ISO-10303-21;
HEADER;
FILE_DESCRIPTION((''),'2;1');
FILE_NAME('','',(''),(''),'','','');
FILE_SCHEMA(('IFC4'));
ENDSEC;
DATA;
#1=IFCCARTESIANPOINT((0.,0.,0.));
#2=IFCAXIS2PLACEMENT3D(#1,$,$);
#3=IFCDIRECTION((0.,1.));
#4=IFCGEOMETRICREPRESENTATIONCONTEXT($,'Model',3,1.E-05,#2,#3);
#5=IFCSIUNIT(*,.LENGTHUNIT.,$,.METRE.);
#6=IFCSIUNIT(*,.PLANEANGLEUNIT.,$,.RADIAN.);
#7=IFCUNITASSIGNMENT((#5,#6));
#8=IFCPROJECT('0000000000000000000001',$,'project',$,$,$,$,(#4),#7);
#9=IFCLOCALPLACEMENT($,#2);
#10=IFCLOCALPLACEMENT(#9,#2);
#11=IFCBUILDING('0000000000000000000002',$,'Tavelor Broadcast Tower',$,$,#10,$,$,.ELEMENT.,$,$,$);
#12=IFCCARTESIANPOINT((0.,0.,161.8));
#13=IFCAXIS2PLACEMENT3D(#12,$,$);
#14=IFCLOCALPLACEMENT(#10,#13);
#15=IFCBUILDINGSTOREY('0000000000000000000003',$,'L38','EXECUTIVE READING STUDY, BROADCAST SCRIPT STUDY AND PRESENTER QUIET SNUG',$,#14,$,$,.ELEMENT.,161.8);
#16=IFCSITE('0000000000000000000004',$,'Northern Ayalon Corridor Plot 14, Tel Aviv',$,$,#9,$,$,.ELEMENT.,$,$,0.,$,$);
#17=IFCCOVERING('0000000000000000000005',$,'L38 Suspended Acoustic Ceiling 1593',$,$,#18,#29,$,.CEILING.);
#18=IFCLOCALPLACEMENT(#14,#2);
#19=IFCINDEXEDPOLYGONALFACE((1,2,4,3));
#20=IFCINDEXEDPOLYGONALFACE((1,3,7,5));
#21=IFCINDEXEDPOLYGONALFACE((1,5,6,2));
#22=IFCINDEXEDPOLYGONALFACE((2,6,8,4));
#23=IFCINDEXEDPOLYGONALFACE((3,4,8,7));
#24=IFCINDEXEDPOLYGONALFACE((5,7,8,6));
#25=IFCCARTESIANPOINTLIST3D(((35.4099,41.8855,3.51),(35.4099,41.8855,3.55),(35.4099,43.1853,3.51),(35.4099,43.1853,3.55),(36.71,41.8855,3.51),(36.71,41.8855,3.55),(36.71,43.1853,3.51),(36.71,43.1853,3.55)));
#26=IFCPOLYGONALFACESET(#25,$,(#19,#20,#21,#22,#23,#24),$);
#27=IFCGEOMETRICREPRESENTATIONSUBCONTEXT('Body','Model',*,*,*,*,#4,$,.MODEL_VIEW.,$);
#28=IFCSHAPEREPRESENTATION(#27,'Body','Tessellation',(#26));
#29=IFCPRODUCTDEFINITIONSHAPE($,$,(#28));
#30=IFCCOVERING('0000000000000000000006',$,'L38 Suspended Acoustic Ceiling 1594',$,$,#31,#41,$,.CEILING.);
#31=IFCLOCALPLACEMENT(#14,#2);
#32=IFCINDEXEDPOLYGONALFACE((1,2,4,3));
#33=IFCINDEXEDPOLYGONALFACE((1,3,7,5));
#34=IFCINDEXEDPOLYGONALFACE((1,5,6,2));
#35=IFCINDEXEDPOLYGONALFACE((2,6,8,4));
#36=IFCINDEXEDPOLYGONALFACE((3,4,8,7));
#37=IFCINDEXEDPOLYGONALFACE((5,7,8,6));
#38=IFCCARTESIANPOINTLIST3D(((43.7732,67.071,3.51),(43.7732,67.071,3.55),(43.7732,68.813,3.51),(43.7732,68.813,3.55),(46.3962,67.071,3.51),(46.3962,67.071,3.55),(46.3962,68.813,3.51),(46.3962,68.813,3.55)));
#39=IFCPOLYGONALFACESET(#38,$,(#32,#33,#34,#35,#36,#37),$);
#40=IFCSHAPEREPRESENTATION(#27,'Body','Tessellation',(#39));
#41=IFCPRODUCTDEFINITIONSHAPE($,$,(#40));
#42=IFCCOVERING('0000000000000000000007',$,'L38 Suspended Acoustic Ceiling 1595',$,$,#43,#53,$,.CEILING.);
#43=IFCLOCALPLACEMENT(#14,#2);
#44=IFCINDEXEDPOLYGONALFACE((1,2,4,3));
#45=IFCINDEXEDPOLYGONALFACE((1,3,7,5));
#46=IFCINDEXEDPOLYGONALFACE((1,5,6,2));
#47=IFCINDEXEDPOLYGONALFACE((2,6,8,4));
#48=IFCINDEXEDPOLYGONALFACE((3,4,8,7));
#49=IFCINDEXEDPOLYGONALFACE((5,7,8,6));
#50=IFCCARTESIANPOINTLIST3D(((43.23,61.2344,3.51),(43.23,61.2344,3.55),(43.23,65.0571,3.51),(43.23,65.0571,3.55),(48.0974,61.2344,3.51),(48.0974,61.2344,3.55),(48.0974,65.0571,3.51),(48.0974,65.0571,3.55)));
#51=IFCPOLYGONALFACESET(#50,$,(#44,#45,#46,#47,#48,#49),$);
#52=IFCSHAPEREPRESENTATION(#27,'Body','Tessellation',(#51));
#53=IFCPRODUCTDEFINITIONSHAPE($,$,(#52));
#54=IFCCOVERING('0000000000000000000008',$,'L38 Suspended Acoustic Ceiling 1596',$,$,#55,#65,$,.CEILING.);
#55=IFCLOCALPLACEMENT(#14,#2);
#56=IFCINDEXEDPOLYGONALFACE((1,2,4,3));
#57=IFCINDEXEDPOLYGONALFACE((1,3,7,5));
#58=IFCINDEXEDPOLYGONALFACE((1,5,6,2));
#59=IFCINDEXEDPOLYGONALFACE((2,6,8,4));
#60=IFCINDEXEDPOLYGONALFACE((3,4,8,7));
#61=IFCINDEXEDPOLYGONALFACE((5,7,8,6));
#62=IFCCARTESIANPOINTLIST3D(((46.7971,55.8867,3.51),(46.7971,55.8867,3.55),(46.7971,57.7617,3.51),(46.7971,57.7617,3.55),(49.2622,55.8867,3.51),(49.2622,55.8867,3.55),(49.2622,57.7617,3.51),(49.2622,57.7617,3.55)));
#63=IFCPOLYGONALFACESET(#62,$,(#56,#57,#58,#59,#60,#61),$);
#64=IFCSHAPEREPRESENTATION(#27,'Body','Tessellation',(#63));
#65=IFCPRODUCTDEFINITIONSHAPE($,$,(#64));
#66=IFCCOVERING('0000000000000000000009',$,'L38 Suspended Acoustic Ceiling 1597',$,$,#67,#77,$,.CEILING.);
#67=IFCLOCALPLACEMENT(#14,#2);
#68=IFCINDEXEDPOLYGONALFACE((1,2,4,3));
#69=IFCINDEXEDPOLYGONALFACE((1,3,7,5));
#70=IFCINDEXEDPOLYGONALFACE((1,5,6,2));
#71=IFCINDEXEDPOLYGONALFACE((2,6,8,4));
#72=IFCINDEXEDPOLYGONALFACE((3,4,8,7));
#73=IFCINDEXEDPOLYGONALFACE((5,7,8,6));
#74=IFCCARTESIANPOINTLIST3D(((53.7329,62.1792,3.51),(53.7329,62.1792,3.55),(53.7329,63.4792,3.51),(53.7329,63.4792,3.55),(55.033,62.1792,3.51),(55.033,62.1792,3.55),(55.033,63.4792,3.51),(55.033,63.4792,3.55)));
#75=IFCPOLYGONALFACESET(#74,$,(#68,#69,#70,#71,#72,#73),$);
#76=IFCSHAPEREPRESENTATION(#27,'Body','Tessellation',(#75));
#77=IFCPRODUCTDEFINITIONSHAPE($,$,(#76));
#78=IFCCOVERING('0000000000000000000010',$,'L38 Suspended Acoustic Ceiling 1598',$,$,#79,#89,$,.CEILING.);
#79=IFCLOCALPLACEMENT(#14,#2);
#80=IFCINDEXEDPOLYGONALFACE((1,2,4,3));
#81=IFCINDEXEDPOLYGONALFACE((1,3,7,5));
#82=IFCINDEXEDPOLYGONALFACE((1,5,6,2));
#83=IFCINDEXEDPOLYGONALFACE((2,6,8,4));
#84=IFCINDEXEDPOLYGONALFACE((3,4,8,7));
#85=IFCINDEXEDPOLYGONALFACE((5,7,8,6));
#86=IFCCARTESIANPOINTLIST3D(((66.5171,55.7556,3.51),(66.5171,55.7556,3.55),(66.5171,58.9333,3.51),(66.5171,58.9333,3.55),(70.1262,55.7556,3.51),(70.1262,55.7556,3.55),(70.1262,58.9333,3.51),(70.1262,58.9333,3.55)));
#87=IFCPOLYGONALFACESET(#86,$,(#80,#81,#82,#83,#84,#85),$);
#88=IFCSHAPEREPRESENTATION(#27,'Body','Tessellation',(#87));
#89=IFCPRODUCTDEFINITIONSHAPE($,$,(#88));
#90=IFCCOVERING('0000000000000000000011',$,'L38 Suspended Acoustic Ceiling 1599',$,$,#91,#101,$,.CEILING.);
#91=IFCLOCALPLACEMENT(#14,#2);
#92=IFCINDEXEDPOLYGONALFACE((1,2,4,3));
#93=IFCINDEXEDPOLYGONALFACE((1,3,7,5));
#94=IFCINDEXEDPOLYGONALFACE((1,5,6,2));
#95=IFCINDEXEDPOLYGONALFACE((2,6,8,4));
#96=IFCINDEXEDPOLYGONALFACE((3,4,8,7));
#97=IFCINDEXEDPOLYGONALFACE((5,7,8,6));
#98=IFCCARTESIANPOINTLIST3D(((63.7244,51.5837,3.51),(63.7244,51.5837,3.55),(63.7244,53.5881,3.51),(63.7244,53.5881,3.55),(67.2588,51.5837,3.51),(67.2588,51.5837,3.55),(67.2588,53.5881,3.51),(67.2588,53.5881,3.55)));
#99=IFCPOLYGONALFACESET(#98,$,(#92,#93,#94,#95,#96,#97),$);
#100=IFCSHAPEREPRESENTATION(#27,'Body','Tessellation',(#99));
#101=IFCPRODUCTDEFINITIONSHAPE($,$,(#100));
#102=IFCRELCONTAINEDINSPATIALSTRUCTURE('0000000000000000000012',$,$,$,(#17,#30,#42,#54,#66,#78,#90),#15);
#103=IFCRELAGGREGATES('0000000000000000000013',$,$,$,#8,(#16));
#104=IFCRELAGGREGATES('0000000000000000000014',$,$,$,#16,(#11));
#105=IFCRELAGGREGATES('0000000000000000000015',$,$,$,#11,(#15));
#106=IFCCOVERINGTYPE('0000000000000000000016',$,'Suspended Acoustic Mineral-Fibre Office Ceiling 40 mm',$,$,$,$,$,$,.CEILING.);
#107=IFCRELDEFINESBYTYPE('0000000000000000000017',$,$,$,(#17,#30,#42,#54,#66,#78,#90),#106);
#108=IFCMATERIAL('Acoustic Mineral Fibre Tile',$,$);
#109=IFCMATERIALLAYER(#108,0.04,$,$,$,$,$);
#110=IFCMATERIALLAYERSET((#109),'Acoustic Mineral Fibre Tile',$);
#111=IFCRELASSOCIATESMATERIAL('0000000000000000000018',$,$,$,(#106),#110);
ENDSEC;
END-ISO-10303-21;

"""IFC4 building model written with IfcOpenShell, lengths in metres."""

from ifc_helpers import new_model, si_unit, direction, frame, origin, place, context, subcontext, project, spatial, polyline, outline, extrude, material, layer, layer_set, type_object, element, save


model = new_model("IFC4")

# Units and contexts
model_context = context("Model", 3, precision=1e-05, world=origin(), true_north=direction((0.0, 1.0)))
body_context = subcontext(model_context, "Body", "Model", "MODEL_VIEW")
ifc_project = project(units=[si_unit("LENGTHUNIT", "METRE"), si_unit("PLANEANGLEUNIT", "RADIAN")], contexts=[model_context])

# Site, building, storey
site_placement = place(None, origin())
site = spatial("IfcSite", under=ifc_project, at=site_placement, Name="Northern Ayalon Corridor Plot 14, Tel Aviv", CompositionType="ELEMENT", RefElevation=0.0)
building_placement = place(site_placement, origin())
building = spatial("IfcBuilding", under=site, at=building_placement, Name="Tavelor Broadcast Tower", CompositionType="ELEMENT")
storey_placement = place(building_placement, frame((0.0, 0.0, 161.8)))
storey = spatial("IfcBuildingStorey", under=building, at=storey_placement, Name="L38", Description="EXECUTIVE READING STUDY, BROADCAST SCRIPT STUDY AND PRESENTER QUIET SNUG", CompositionType="ELEMENT", Elevation=161.8)

# Coverings
ifc_material_1 = material(Name="Acoustic Mineral Fibre Tile")
ifc_layer_1 = layer(ifc_material_1, 0.04)
ifc_layer_set_1 = layer_set([ifc_layer_1], Name="Acoustic Mineral Fibre Tile")
covering_type_1 = type_object("IfcCoveringType", Name="Suspended Acoustic Mineral-Fibre Office Ceiling 40 mm", PredefinedType="CEILING", material=ifc_layer_set_1)
covering_1_placement = place(storey_placement, frame((0.0, 0.0, 3.51)))
element("IfcCovering", 1, at=covering_1_placement, inside=storey, type_object=covering_type_1, Name="L38 Suspended Acoustic Ceiling 1593", PredefinedType="CEILING", context=body_context, shape_type="SweptSolid", body=[
    extrude(outline(polyline([(35.4099, 41.8855), (36.71, 41.8855), (36.71, 43.1853), (35.4099, 43.1853), (35.4099, 41.8855)])), origin(), (0.0, 0.0, 1.0), 0.04),
])
covering_2_placement = place(storey_placement, frame((0.0, 0.0, 3.51)))
element("IfcCovering", 2, at=covering_2_placement, inside=storey, type_object=covering_type_1, Name="L38 Suspended Acoustic Ceiling 1594", PredefinedType="CEILING", context=body_context, shape_type="SweptSolid", body=[
    extrude(outline(polyline([(43.7732, 67.071), (46.3962, 67.071), (46.3962, 68.813), (43.7732, 68.813), (43.7732, 67.071)])), origin(), (0.0, 0.0, 1.0), 0.04),
])
covering_3_placement = place(storey_placement, frame((0.0, 0.0, 3.51)))
element("IfcCovering", 3, at=covering_3_placement, inside=storey, type_object=covering_type_1, Name="L38 Suspended Acoustic Ceiling 1595", PredefinedType="CEILING", context=body_context, shape_type="SweptSolid", body=[
    extrude(outline(polyline([(43.23, 61.2344), (48.0974, 61.2344), (48.0974, 65.0571), (43.23, 65.0571), (43.23, 61.2344)])), origin(), (0.0, 0.0, 1.0), 0.04),
])
covering_4_placement = place(storey_placement, frame((0.0, 0.0, 3.51)))
element("IfcCovering", 4, at=covering_4_placement, inside=storey, type_object=covering_type_1, Name="L38 Suspended Acoustic Ceiling 1596", PredefinedType="CEILING", context=body_context, shape_type="SweptSolid", body=[
    extrude(outline(polyline([(46.7971, 55.8867), (49.2622, 55.8867), (49.2622, 57.7617), (46.7971, 57.7617), (46.7971, 55.8867)])), origin(), (0.0, 0.0, 1.0), 0.04),
])
covering_5_placement = place(storey_placement, frame((0.0, 0.0, 3.51)))
element("IfcCovering", 5, at=covering_5_placement, inside=storey, type_object=covering_type_1, Name="L38 Suspended Acoustic Ceiling 1597", PredefinedType="CEILING", context=body_context, shape_type="SweptSolid", body=[
    extrude(outline(polyline([(53.7329, 62.1792), (55.033, 62.1792), (55.033, 63.4792), (53.7329, 63.4792), (53.7329, 62.1792)])), origin(), (0.0, 0.0, 1.0), 0.04),
])
covering_6_placement = place(storey_placement, frame((0.0, 0.0, 3.51)))
element("IfcCovering", 6, at=covering_6_placement, inside=storey, type_object=covering_type_1, Name="L38 Suspended Acoustic Ceiling 1598", PredefinedType="CEILING", context=body_context, shape_type="SweptSolid", body=[
    extrude(outline(polyline([(66.5171, 55.7556), (70.1262, 55.7556), (70.1262, 58.9333), (66.5171, 58.9333), (66.5171, 55.7556)])), origin(), (0.0, 0.0, 1.0), 0.04),
])
covering_7_placement = place(storey_placement, frame((0.0, 0.0, 3.51)))
element("IfcCovering", 7, at=covering_7_placement, inside=storey, type_object=covering_type_1, Name="L38 Suspended Acoustic Ceiling 1599", PredefinedType="CEILING", context=body_context, shape_type="SweptSolid", body=[
    extrude(outline(polyline([(63.7244, 51.5837), (67.2588, 51.5837), (67.2588, 53.5881), (63.7244, 53.5881), (63.7244, 51.5837)])), origin(), (0.0, 0.0, 1.0), 0.04),
])

save(model, "model.ifc")
